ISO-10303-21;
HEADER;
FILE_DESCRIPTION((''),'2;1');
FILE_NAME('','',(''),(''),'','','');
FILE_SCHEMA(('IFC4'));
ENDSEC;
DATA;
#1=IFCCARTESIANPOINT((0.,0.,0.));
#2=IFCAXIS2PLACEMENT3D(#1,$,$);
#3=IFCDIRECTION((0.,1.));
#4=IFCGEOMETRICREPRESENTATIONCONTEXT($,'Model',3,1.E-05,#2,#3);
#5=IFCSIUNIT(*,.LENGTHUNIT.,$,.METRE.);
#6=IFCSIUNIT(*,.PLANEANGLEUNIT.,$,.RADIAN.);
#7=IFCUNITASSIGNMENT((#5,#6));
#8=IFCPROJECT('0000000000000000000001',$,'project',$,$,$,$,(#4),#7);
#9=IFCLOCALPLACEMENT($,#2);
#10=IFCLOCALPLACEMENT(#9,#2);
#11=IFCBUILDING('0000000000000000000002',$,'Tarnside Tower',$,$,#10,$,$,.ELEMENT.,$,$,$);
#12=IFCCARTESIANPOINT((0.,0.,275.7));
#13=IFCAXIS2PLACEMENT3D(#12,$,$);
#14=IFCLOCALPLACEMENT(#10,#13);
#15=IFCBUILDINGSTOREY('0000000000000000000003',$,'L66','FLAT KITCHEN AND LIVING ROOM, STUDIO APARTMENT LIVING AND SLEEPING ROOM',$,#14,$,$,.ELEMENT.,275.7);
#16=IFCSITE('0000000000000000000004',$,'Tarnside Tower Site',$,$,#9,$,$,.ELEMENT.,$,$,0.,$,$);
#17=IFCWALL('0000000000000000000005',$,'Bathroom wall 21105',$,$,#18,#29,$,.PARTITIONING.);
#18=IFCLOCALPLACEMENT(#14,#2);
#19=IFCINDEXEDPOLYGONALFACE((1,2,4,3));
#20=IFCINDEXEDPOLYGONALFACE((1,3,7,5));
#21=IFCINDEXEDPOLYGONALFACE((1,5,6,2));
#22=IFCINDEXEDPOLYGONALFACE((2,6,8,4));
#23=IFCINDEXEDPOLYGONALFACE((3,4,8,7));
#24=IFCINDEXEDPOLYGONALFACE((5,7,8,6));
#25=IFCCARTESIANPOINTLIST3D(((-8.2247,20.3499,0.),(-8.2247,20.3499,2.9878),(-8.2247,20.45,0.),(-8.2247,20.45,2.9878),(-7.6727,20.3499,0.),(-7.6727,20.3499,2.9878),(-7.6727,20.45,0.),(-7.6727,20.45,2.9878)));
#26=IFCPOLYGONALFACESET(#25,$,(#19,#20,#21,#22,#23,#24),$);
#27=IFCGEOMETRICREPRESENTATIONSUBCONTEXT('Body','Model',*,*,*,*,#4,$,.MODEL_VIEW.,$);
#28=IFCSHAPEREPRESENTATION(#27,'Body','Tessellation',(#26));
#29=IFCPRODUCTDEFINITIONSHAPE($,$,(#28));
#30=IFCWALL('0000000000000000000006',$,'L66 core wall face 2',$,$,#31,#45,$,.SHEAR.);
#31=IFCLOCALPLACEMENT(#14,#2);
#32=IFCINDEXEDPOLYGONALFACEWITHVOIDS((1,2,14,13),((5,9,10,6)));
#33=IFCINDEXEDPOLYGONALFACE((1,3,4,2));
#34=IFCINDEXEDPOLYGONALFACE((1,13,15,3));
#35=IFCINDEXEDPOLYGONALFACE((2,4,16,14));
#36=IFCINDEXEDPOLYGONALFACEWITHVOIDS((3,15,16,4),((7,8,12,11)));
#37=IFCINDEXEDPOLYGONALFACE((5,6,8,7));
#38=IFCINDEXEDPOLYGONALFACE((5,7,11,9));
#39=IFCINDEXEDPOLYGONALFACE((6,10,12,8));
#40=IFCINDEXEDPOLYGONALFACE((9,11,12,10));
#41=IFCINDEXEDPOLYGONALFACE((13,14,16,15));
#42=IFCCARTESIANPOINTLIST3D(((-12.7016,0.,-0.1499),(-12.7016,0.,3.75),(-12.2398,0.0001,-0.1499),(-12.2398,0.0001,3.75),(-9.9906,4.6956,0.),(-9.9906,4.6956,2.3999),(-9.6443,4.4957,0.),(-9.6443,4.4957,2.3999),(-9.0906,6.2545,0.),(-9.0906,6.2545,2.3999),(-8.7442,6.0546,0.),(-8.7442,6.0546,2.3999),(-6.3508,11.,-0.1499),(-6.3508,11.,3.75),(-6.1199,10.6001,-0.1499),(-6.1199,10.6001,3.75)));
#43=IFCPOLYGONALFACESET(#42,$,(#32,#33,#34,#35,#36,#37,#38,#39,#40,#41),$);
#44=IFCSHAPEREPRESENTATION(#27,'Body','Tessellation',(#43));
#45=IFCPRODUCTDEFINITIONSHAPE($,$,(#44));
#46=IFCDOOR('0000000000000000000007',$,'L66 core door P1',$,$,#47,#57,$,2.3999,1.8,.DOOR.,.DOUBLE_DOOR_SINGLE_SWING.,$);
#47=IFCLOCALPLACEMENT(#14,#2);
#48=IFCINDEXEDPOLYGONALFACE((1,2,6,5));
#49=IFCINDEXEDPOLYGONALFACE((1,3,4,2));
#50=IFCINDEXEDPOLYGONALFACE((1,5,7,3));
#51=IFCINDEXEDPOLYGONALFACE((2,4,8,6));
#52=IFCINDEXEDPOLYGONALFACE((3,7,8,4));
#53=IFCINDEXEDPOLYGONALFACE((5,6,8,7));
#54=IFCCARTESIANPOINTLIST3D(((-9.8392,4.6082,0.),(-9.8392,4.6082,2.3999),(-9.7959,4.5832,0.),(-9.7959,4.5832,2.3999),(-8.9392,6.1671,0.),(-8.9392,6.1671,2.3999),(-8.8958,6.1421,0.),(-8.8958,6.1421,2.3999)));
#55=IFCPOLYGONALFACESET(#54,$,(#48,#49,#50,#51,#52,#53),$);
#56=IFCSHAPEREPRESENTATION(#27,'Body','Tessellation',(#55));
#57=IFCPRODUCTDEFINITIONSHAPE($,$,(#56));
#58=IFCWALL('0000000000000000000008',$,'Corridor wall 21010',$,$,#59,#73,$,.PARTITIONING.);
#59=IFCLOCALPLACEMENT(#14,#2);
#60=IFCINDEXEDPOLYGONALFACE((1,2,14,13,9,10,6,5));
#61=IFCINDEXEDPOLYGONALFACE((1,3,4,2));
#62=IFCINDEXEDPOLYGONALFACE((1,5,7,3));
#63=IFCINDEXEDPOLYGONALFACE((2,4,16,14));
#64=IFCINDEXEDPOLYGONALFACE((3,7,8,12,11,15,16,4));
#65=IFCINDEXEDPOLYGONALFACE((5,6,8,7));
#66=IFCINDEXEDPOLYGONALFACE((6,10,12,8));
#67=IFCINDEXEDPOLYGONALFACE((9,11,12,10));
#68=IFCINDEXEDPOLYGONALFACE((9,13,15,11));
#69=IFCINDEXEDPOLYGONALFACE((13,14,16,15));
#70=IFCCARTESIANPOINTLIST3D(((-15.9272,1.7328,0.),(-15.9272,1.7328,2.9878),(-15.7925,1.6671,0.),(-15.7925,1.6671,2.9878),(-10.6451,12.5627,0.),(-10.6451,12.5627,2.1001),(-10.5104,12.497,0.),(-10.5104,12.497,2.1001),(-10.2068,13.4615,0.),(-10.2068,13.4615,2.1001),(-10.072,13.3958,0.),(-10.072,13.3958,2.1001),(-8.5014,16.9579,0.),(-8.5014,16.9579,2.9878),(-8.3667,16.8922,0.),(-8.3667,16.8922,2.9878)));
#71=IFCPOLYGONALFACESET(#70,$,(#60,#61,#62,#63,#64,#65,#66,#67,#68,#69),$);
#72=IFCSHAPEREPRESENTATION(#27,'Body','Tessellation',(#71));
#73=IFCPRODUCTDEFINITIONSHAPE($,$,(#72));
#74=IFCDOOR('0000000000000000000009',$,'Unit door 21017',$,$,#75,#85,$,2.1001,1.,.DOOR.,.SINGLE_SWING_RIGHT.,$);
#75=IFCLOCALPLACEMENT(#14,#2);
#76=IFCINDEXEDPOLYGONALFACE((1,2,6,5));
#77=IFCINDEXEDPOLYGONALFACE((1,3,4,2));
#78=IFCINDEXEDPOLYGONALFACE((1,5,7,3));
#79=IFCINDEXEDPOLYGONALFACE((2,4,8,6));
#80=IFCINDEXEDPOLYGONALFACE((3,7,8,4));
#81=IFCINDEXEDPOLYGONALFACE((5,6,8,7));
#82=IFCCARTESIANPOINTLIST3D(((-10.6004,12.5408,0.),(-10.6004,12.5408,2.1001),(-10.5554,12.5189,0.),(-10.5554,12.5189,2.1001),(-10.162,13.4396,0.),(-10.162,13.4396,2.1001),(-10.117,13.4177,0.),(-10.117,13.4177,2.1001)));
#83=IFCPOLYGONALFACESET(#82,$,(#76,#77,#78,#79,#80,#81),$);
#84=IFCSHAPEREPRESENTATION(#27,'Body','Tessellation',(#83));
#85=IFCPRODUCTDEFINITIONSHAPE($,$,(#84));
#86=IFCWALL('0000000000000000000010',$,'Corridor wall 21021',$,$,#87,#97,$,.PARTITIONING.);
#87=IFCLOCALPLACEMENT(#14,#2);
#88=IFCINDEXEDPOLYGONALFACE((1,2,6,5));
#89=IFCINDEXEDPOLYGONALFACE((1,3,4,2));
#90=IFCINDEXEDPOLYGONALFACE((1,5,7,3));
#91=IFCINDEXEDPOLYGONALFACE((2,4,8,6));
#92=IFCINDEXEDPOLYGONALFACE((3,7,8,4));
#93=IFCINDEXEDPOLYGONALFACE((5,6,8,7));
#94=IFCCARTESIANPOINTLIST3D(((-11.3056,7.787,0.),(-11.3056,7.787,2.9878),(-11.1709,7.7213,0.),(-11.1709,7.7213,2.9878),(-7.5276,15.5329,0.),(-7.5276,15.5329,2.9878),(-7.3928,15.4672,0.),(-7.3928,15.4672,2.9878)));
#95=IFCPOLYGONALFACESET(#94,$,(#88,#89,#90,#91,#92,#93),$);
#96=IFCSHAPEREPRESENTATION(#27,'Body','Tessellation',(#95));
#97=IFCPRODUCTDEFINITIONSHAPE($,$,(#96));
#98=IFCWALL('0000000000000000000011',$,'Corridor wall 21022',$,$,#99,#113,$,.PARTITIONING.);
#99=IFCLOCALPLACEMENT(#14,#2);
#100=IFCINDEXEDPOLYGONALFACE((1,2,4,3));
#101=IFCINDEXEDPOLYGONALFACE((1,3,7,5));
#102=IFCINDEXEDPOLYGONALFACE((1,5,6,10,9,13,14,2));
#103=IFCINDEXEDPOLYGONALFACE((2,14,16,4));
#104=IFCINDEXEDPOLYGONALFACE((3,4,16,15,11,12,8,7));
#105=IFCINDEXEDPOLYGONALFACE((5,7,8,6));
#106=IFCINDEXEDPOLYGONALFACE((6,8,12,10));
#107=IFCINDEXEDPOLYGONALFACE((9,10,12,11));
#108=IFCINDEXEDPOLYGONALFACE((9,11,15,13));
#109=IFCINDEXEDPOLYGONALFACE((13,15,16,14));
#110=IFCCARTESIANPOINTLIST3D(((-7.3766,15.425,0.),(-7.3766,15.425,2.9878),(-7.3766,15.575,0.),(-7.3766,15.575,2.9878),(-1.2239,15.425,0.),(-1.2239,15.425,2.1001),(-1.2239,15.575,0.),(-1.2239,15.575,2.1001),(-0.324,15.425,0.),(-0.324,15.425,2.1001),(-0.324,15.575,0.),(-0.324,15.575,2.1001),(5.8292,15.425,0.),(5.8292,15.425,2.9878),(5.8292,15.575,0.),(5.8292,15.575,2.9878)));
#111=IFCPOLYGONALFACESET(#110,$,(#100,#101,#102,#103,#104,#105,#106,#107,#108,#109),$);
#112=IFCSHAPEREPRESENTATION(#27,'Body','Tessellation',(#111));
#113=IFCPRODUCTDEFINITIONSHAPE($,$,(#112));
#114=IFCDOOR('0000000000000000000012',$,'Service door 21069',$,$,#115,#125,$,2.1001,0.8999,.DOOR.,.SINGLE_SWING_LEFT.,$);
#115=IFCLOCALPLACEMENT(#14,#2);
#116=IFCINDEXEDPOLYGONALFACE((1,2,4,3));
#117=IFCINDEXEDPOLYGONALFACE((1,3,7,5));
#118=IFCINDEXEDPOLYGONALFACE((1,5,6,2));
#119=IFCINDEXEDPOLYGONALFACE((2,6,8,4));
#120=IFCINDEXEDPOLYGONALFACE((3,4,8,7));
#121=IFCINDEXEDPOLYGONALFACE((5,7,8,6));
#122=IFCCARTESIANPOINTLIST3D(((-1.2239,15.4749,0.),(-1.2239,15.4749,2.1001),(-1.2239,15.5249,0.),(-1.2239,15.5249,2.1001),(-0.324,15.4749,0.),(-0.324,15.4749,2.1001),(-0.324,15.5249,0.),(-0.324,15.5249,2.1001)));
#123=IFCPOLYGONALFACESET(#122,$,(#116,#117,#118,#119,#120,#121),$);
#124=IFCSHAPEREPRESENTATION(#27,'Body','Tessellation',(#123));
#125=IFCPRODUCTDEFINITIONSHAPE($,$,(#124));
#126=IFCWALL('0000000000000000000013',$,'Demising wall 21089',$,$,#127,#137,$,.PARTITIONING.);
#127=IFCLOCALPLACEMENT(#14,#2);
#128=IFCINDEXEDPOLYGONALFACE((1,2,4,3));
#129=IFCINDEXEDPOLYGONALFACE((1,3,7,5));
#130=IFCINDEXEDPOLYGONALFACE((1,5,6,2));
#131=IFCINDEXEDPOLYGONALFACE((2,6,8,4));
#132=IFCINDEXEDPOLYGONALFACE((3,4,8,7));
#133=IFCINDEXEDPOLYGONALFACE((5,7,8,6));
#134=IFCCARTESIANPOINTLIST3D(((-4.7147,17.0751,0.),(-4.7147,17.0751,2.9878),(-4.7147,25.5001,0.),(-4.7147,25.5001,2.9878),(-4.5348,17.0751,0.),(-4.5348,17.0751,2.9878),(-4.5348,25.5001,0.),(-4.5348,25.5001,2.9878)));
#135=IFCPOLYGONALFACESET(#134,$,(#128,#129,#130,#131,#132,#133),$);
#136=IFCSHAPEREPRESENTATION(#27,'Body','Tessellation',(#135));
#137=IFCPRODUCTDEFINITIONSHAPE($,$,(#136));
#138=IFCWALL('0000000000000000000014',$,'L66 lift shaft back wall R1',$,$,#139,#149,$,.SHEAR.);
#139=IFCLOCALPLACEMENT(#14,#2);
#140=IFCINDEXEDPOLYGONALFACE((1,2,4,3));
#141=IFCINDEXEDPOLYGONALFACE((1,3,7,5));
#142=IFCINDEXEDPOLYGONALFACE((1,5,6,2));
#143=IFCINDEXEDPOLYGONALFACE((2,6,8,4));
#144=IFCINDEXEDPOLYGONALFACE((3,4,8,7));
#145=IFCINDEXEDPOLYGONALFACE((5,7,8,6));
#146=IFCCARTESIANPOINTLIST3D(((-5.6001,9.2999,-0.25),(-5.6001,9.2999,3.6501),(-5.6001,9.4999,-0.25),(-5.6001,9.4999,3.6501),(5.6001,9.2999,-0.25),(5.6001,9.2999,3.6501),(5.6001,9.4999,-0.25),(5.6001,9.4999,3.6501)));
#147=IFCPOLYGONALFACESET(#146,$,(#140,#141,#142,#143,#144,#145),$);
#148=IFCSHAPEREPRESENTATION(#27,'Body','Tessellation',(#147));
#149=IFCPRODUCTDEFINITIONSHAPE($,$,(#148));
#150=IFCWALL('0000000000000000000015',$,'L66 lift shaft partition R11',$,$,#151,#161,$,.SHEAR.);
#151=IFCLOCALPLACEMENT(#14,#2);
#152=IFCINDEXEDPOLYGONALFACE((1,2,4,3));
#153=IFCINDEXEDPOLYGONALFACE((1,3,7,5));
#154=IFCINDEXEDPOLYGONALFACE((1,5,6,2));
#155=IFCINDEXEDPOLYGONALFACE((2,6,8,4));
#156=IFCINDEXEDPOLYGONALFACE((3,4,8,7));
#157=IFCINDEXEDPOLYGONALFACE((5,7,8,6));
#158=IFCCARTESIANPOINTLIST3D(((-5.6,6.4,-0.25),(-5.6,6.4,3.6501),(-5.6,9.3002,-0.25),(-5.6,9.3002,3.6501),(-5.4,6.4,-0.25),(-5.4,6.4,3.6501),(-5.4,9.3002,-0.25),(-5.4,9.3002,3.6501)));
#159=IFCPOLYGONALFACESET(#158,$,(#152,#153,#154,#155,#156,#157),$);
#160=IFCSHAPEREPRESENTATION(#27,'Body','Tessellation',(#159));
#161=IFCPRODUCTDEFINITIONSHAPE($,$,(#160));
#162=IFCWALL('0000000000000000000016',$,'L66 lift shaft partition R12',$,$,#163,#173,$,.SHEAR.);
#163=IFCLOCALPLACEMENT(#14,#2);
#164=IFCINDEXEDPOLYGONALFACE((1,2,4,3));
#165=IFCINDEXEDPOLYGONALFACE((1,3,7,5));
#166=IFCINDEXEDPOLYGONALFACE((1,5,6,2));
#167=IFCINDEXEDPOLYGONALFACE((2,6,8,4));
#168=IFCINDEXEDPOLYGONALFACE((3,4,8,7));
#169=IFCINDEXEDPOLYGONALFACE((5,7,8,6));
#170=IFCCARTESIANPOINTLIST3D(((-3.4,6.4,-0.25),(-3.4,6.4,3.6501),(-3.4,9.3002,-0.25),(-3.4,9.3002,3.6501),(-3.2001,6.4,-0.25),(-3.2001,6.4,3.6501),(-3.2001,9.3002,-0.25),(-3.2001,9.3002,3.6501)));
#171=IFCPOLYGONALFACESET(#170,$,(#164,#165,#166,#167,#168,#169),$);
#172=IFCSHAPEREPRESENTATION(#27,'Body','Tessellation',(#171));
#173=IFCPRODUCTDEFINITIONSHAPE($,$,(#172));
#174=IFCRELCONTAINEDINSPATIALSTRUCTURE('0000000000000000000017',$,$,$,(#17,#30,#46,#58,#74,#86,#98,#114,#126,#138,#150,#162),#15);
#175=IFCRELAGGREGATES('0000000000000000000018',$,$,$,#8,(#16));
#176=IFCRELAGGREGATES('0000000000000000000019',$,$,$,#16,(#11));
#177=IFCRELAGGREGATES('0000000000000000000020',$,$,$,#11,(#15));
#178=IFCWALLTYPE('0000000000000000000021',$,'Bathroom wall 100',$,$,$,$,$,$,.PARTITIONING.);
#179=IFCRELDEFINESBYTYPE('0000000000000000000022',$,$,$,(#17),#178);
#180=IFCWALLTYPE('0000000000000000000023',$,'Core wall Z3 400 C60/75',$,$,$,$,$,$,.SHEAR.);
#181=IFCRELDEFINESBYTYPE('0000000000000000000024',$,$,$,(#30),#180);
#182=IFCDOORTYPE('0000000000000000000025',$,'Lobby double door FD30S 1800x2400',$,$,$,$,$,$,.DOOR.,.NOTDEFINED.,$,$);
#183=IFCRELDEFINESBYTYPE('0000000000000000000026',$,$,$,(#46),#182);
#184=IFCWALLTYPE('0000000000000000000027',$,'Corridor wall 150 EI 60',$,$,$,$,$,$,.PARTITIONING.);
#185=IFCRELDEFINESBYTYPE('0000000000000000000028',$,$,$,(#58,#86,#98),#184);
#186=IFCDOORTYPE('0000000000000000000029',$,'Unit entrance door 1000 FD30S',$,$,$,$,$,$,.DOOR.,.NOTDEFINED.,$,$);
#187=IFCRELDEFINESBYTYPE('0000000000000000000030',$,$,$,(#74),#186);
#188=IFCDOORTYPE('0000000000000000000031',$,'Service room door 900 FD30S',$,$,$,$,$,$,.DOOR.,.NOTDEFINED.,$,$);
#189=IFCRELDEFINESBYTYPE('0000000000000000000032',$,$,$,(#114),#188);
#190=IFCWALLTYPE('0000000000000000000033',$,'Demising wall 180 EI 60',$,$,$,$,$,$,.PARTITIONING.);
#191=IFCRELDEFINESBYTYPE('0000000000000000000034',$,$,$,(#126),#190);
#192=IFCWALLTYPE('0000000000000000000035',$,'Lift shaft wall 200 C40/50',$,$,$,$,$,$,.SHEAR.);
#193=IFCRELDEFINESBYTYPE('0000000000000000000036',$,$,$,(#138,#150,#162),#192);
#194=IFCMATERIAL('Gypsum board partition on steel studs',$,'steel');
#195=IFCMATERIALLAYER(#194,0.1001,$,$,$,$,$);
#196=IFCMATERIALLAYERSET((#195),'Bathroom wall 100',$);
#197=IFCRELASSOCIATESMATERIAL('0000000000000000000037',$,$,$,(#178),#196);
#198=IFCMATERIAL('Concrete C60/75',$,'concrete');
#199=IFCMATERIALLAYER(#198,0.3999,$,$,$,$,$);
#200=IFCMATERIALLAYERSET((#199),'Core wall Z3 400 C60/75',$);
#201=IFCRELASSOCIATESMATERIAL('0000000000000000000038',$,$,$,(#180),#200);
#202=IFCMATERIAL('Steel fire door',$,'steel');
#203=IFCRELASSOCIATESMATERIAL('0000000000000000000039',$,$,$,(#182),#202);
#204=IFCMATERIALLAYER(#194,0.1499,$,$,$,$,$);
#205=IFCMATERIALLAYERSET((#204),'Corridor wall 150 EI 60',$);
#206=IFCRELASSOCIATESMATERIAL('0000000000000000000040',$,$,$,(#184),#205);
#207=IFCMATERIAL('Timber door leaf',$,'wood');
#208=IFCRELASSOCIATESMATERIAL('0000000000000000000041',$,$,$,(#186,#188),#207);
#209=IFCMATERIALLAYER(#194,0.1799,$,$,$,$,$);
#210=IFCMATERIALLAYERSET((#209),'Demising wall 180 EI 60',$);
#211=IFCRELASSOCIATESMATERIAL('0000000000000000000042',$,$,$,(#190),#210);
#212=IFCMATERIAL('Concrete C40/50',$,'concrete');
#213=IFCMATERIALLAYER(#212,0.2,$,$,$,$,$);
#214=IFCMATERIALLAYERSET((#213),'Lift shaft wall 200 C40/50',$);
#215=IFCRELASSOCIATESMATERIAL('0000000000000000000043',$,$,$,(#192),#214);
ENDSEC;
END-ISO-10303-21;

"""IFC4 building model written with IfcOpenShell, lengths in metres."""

from ifc_helpers import new_model, si_unit, direction, frame, frame_2d, origin, place, context, subcontext, project, spatial, polyline, rectangle, outline, extrude, material, layer, layer_set, type_object, element, fill, save


model = new_model("IFC4")

# Units and contexts
model_context = context("Model", 3, precision=1e-05, world=origin(), true_north=direction((0.0, 1.0)))
body_context = subcontext(model_context, "Body", "Model", "MODEL_VIEW")
ifc_project = project(units=[si_unit("LENGTHUNIT", "METRE"), si_unit("PLANEANGLEUNIT", "RADIAN")], contexts=[model_context])

# Site, building, storey
site_placement = place(None, origin())
site = spatial("IfcSite", under=ifc_project, at=site_placement, Name="Tarnside Tower Site", CompositionType="ELEMENT", RefElevation=0.0)
building_placement = place(site_placement, origin())
building = spatial("IfcBuilding", under=site, at=building_placement, Name="Tarnside Tower", CompositionType="ELEMENT")
storey_placement = place(building_placement, frame((0.0, 0.0, 275.7)))
storey = spatial("IfcBuildingStorey", under=building, at=storey_placement, Name="L66", Description="FLAT KITCHEN AND LIVING ROOM, STUDIO APARTMENT LIVING AND SLEEPING ROOM", CompositionType="ELEMENT", Elevation=275.7)

# Shared definitions
ifc_material_1 = material(Name="Gypsum board partition on steel studs", Category="steel")
ifc_layer_1 = layer(ifc_material_1, 0.1001)
ifc_layer_set_1 = layer_set([ifc_layer_1], Name="Bathroom wall 100")
wall_type_1 = type_object("IfcWallType", Name="Bathroom wall 100", PredefinedType="PARTITIONING", material=ifc_layer_set_1)

# Shared definitions
ifc_material_2 = material(Name="Timber door leaf", Category="wood")

# Wall
wall_1_placement = place(storey_placement, frame((-7.6729, 20.3999, 0.0), z_axis=(0.0, 0.0, 1.0), x_axis=(-1.0, 0.0, 0.0)))
element("IfcWall", 1, at=wall_1_placement, inside=storey, type_object=wall_type_1, Name="Bathroom wall 21105", PredefinedType="PARTITIONING", context=body_context, shape_type="SweptSolid", body=[
    extrude(rectangle(XDim=0.552, YDim=0.1001, at=frame_2d((0.2759, 0.0))), origin(), (0.0, 0.0, 1.0), 2.9878),
])

# Walls, openings, doors
ifc_material_3 = material(Name="Concrete C60/75", Category="concrete")
ifc_layer_2 = layer(ifc_material_3, 0.3999)
ifc_layer_set_2 = layer_set([ifc_layer_2], Name="Core wall Z3 400 C60/75")
wall_type_2 = type_object("IfcWallType", Name="Core wall Z3 400 C60/75", PredefinedType="SHEAR", material=ifc_layer_set_2)
wall_2_placement = place(storey_placement, frame((-6.2354, 10.8, -0.1499), z_axis=(0.0, 0.0, 1.0), x_axis=(-0.499996, -0.866027, 0.0)))
wall_2 = element("IfcWall", 2, at=wall_2_placement, inside=storey, type_object=wall_type_2, Name="L66 core wall face 2", PredefinedType="SHEAR", context=body_context, shape_type="SweptSolid", body=[
    extrude(outline(polyline([(-0.1155, -0.2), (12.5862, -0.2), (12.3552, 0.2), (0.1155, 0.2), (-0.1155, -0.2)])), origin(), (0.0, 0.0, 1.0), 3.8999),
])
opening_1_placement = place(wall_2_placement, frame((5.3643, 0.0, 0.1499)))
opening_1 = element("IfcOpeningElement", 3, at=opening_1_placement, cuts=wall_2, PredefinedType="OPENING", context=body_context, shape_type="SweptSolid", body=[
    extrude(rectangle(XDim=1.8, YDim=2.3999, at=frame_2d((0.8999, 1.2))), frame((0.0, 0.21, 0.0), z_axis=(0.0, -1.0, 0.0), x_axis=(1.0, 0.0, 0.0)), (0.0, 0.0, 1.0), 0.4199),
])
ifc_material_4 = material(Name="Steel fire door", Category="steel")
door_type_1 = type_object("IfcDoorType", Name="Lobby double door FD30S 1800x2400", OperationType="NOTDEFINED", PredefinedType="DOOR", material=ifc_material_4)
door_1_placement = place(opening_1_placement, origin())
door_1 = element("IfcDoor", 4, at=door_1_placement, inside=storey, type_object=door_type_1, Name="L66 core door P1", OperationType="DOUBLE_DOOR_SINGLE_SWING", OverallHeight=2.3999, OverallWidth=1.8, PredefinedType="DOOR", context=body_context, shape_type="SweptSolid", body=[
    extrude(rectangle(XDim=1.8, YDim=2.3999, at=frame_2d((0.8999, 1.2))), frame((0.0, 0.0249, 0.0), z_axis=(0.0, -1.0, 0.0), x_axis=(1.0, 0.0, 0.0)), (0.0, 0.0, 1.0), 0.05),
])
fill(opening_1, door_1)
ifc_layer_3 = layer(ifc_material_1, 0.1499)
ifc_layer_set_3 = layer_set([ifc_layer_3], Name="Corridor wall 150 EI 60")
wall_type_3 = type_object("IfcWallType", Name="Corridor wall 150 EI 60", PredefinedType="PARTITIONING", material=ifc_layer_set_3)
wall_3_placement = place(storey_placement, frame((-8.4341, 16.925, 0.0), z_axis=(0.0, 0.0, 1.0), x_axis=(-0.438371, -0.898794, 0.0)))
wall_3 = element("IfcWall", 5, at=wall_3_placement, inside=storey, type_object=wall_type_3, Name="Corridor wall 21010", PredefinedType="PARTITIONING", context=body_context, shape_type="SweptSolid", body=[
    extrude(rectangle(XDim=16.9395, YDim=0.1499, at=frame_2d((8.4697, 0.0))), origin(), (0.0, 0.0, 1.0), 2.9878),
])
opening_2_placement = place(wall_3_placement, frame((3.8901, 0.0, 0.0)))
opening_2 = element("IfcOpeningElement", 6, at=opening_2_placement, cuts=wall_3, PredefinedType="OPENING", context=body_context, shape_type="SweptSolid", body=[
    extrude(rectangle(XDim=1.0, YDim=2.1001, at=frame_2d((0.5, 1.05))), frame((0.0, 0.085, 0.0), z_axis=(0.0, -1.0, 0.0), x_axis=(1.0, 0.0, 0.0)), (0.0, 0.0, 1.0), 0.1699),
])
door_type_2 = type_object("IfcDoorType", Name="Unit entrance door 1000 FD30S", OperationType="NOTDEFINED", PredefinedType="DOOR", material=ifc_material_2)
door_2_placement = place(opening_2_placement, origin())
door_2 = element("IfcDoor", 7, at=door_2_placement, inside=storey, type_object=door_type_2, Name="Unit door 21017", OperationType="SINGLE_SWING_RIGHT", OverallHeight=2.1001, OverallWidth=1.0, PredefinedType="DOOR", context=body_context, shape_type="SweptSolid", body=[
    extrude(rectangle(XDim=1.0, YDim=2.1001, at=frame_2d((0.5, 1.05))), frame((0.0, 0.0249, 0.0), z_axis=(0.0, -1.0, 0.0), x_axis=(1.0, 0.0, 0.0)), (0.0, 0.0, 1.0), 0.05),
])
fill(opening_2, door_2)

# Wall
wall_4_placement = place(storey_placement, frame((-11.2383, 7.7542, 0.0), z_axis=(0.0, 0.0, 1.0), x_axis=(0.438387, 0.898786, 0.0)))
element("IfcWall", 8, at=wall_4_placement, inside=storey, type_object=wall_type_3, Name="Corridor wall 21021", PredefinedType="PARTITIONING", context=body_context, shape_type="SweptSolid", body=[
    extrude(rectangle(XDim=8.6182, YDim=0.1499, at=frame_2d((4.3091, 0.0))), origin(), (0.0, 0.0, 1.0), 2.9878),
])

# Wall, opening, door
wall_5_placement = place(storey_placement, frame((-7.3767, 15.5, 0.0), z_axis=(0.0, 0.0, 1.0), x_axis=(1.0, 0.0, 0.0)))
wall_5 = element("IfcWall", 9, at=wall_5_placement, inside=storey, type_object=wall_type_3, Name="Corridor wall 21022", PredefinedType="PARTITIONING", context=body_context, shape_type="SweptSolid", body=[
    extrude(rectangle(XDim=13.2058, YDim=0.1499, at=frame_2d((6.603, 0.0))), origin(), (0.0, 0.0, 1.0), 2.9878),
])
opening_3_placement = place(wall_5_placement, frame((6.1528, 0.0, 0.0)))
opening_3 = element("IfcOpeningElement", 10, at=opening_3_placement, cuts=wall_5, PredefinedType="OPENING", context=body_context, shape_type="SweptSolid", body=[
    extrude(rectangle(XDim=0.8999, YDim=2.1001, at=frame_2d((0.45, 1.05))), frame((0.0, 0.085, 0.0), z_axis=(0.0, -1.0, 0.0), x_axis=(1.0, 0.0, 0.0)), (0.0, 0.0, 1.0), 0.1699),
])
door_type_3 = type_object("IfcDoorType", Name="Service room door 900 FD30S", OperationType="NOTDEFINED", PredefinedType="DOOR", material=ifc_material_2)
door_3_placement = place(opening_3_placement, origin())
door_3 = element("IfcDoor", 11, at=door_3_placement, inside=storey, type_object=door_type_3, Name="Service door 21069", OperationType="SINGLE_SWING_LEFT", OverallHeight=2.1001, OverallWidth=0.8999, PredefinedType="DOOR", context=body_context, shape_type="SweptSolid", body=[
    extrude(rectangle(XDim=0.8999, YDim=2.1001, at=frame_2d((0.45, 1.05))), frame((0.0, 0.0249, 0.0), z_axis=(0.0, -1.0, 0.0), x_axis=(1.0, 0.0, 0.0)), (0.0, 0.0, 1.0), 0.05),
])
fill(opening_3, door_3)

# Walls
ifc_layer_4 = layer(ifc_material_1, 0.1799)
ifc_layer_set_4 = layer_set([ifc_layer_4], Name="Demising wall 180 EI 60")
wall_type_4 = type_object("IfcWallType", Name="Demising wall 180 EI 60", PredefinedType="PARTITIONING", material=ifc_layer_set_4)
wall_6_placement = place(storey_placement, frame((-4.6248, 25.5, 0.0), z_axis=(0.0, 0.0, 1.0), x_axis=(0.0, -1.0, 0.0)))
element("IfcWall", 12, at=wall_6_placement, inside=storey, type_object=wall_type_4, Name="Demising wall 21089", PredefinedType="PARTITIONING", context=body_context, shape_type="SweptSolid", body=[
    extrude(rectangle(XDim=8.425, YDim=0.1799, at=frame_2d((4.2124, 0.0))), origin(), (0.0, 0.0, 1.0), 2.9878),
])
ifc_material_5 = material(Name="Concrete C40/50", Category="concrete")
ifc_layer_5 = layer(ifc_material_5, 0.2)
ifc_layer_set_5 = layer_set([ifc_layer_5], Name="Lift shaft wall 200 C40/50")
wall_type_5 = type_object("IfcWallType", Name="Lift shaft wall 200 C40/50", PredefinedType="SHEAR", material=ifc_layer_set_5)
wall_7_placement = place(storey_placement, frame((-5.6001, 9.3999, -0.25), z_axis=(0.0, 0.0, 1.0), x_axis=(1.0, 0.0, 0.0)))
element("IfcWall", 13, at=wall_7_placement, inside=storey, type_object=wall_type_5, Name="L66 lift shaft back wall R1", PredefinedType="SHEAR", context=body_context, shape_type="SweptSolid", body=[
    extrude(rectangle(XDim=11.2002, YDim=0.2, at=frame_2d((5.6001, 0.0))), origin(), (0.0, 0.0, 1.0), 3.9001),
])
for number, where, z_axis, x_axis, name in (
    (14, (-5.5, 6.3999, -0.25), (0.0, 0.0, 1.0), (0.0, 1.0, 0.0), "L66 lift shaft partition R11"),
    (15, (-3.3, 6.3999, -0.25), (0.0, 0.0, 1.0), (0.0, 1.0, 0.0), "L66 lift shaft partition R12"),
):
    element("IfcWall", number, at=place(storey_placement, frame(where, z_axis=z_axis, x_axis=x_axis)), inside=storey, type_object=wall_type_5, Name=name, PredefinedType="SHEAR", context=body_context, shape_type="SweptSolid", body=[
        extrude(rectangle(XDim=2.9001, YDim=0.2, at=frame_2d((1.4502, 0.0))), origin(), (0.0, 0.0, 1.0), 3.9001),
    ])

save(model, "model.ifc")
